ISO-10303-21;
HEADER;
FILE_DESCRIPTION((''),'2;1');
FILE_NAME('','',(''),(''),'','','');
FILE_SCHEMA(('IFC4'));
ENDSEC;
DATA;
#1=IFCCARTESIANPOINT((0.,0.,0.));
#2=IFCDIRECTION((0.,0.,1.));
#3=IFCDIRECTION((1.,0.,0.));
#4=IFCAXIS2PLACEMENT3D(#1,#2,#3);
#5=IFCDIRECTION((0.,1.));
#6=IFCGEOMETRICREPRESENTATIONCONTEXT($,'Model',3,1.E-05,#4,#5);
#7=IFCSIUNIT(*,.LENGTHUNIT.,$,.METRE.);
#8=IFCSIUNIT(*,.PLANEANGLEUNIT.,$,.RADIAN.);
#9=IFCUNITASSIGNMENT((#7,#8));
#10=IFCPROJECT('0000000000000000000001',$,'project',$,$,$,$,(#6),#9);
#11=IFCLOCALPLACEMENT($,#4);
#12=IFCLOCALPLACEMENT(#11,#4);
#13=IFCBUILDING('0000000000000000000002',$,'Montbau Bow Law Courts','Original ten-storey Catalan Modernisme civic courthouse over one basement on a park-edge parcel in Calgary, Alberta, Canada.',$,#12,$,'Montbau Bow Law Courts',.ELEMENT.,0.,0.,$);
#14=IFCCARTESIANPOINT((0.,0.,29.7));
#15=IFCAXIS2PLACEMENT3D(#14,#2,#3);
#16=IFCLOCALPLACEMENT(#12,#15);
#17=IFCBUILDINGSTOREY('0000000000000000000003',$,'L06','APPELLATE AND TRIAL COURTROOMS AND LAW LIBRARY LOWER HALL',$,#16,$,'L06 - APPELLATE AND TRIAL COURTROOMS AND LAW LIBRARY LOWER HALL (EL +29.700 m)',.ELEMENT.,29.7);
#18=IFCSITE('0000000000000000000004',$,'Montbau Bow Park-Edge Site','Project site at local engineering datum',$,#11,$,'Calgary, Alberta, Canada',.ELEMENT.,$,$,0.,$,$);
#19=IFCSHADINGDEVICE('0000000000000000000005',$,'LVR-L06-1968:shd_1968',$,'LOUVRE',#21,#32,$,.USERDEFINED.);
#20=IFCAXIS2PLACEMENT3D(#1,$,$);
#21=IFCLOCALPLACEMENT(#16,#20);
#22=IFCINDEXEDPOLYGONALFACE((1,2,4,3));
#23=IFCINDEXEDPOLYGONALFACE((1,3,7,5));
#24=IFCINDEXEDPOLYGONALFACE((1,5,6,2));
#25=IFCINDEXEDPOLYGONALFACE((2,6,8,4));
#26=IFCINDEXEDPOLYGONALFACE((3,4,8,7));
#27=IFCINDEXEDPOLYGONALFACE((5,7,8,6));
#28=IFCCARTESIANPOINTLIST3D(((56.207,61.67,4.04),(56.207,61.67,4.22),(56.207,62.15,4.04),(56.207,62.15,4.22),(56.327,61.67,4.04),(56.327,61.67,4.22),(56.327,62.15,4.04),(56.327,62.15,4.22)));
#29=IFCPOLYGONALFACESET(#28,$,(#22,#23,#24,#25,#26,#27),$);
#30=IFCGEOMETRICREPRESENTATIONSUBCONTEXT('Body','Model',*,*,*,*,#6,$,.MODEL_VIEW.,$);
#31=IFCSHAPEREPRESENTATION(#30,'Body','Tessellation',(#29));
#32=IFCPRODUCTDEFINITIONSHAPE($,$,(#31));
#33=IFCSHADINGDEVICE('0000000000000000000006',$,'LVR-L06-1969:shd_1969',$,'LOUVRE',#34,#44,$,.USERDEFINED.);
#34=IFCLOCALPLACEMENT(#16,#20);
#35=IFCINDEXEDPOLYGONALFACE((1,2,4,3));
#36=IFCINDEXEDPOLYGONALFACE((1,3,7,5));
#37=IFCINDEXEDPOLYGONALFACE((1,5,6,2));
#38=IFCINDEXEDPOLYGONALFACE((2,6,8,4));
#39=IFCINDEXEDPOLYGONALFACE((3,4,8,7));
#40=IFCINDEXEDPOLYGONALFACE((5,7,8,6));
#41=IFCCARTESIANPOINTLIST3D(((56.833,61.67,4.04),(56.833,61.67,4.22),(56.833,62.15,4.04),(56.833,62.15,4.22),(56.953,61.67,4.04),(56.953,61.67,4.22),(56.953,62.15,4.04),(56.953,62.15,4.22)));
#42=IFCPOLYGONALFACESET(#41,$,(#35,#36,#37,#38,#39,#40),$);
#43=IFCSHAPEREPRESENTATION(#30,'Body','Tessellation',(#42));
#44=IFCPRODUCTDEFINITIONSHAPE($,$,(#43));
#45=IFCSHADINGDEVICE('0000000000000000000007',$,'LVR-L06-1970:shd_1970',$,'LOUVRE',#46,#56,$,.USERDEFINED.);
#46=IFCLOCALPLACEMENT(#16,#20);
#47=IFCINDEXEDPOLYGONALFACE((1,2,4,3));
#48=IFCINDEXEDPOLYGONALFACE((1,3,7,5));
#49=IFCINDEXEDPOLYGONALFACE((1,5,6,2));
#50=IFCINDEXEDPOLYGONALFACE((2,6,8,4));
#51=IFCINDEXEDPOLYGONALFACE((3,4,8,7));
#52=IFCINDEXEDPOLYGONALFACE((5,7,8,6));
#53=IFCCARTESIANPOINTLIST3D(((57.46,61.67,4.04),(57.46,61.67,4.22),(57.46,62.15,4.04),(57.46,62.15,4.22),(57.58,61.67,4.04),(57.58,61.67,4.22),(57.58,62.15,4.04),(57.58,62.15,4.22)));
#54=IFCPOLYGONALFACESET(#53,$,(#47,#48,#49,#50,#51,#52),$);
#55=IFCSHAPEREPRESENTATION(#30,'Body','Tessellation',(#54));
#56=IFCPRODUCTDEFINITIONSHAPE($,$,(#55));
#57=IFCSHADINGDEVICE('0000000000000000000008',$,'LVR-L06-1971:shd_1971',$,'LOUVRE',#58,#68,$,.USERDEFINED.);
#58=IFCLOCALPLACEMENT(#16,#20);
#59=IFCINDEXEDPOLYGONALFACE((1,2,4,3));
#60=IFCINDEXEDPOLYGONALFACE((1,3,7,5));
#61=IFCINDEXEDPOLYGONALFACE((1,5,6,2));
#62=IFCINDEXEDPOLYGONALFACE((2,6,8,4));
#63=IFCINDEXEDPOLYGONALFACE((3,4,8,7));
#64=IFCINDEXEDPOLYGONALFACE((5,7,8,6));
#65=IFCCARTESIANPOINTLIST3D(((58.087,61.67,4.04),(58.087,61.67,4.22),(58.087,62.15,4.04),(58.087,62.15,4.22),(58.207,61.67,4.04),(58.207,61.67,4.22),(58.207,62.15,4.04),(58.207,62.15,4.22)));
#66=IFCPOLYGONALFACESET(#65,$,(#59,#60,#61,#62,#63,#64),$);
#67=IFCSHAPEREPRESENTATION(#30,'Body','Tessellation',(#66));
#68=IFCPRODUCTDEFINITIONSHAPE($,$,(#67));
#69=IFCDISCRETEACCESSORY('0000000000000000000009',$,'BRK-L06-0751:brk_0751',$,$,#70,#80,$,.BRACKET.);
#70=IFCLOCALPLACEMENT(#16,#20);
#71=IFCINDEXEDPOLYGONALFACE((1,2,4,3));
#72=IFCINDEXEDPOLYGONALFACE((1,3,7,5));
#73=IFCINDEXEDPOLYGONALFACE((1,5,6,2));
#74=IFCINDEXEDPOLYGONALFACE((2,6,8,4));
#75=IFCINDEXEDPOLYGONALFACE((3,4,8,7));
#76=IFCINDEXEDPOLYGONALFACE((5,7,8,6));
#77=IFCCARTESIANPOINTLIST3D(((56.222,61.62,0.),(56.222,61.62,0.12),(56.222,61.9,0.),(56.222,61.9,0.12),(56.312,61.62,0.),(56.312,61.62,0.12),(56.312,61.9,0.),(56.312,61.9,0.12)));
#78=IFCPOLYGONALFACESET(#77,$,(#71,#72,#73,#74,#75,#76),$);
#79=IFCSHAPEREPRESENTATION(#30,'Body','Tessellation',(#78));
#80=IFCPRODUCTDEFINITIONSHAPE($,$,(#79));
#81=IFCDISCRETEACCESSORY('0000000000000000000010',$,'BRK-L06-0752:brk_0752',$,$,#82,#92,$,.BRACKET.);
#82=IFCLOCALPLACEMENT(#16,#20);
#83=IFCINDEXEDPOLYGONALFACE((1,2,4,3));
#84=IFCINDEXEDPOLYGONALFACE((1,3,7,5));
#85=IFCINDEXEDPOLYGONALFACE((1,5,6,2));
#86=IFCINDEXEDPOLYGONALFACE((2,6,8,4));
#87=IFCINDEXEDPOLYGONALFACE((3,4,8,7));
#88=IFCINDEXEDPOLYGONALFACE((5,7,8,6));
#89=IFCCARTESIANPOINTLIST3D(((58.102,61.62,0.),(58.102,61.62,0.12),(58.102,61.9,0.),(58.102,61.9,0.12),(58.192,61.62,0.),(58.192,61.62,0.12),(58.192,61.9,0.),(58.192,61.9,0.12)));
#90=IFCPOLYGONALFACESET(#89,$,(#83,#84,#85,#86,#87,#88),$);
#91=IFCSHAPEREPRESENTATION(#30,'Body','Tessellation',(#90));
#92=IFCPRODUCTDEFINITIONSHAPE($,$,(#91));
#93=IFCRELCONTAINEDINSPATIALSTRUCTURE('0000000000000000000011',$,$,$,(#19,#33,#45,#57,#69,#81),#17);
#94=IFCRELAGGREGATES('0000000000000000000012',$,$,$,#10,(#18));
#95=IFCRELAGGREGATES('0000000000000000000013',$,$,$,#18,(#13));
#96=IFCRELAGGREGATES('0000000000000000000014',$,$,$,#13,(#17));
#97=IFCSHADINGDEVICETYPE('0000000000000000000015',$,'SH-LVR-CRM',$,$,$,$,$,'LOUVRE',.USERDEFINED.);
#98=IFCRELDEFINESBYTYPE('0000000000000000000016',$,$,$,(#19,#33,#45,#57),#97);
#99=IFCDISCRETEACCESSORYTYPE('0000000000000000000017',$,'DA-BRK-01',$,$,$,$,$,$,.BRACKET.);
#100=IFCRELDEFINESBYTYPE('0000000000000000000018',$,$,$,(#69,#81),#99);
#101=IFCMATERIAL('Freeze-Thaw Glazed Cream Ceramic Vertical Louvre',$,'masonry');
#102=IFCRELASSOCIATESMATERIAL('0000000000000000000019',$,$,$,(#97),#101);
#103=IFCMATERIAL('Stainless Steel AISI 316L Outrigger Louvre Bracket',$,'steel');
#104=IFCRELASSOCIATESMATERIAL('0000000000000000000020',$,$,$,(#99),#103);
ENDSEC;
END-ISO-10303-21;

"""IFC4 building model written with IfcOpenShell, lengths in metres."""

from ifc_helpers import new_model, si_unit, direction, frame, origin_with_axes, origin_2d_with_axis, place, context, subcontext, project, spatial, rectangle, extrude, material, type_object, element, save


model = new_model("IFC4")

# Units and contexts
model_context = context("Model", 3, precision=1e-05, world=origin_with_axes(), true_north=direction((0.0, 1.0)))
body_context = subcontext(model_context, "Body", "Model", "MODEL_VIEW")
ifc_project = project(units=[si_unit("LENGTHUNIT", "METRE"), si_unit("PLANEANGLEUNIT", "RADIAN")], contexts=[model_context])

# Site, building, storey
site_placement = place(None, origin_with_axes())
site = spatial("IfcSite", under=ifc_project, at=site_placement, Name="Montbau Bow Park-Edge Site", Description="Project site at local engineering datum", LongName="Calgary, Alberta, Canada", CompositionType="ELEMENT", RefElevation=0.0)
building_placement = place(site_placement, origin_with_axes())
building = spatial("IfcBuilding", under=site, at=building_placement, Name="Montbau Bow Law Courts", Description="Original ten-storey Catalan Modernisme civic courthouse over one basement on a park-edge parcel in Calgary, Alberta, Canada.", LongName="Montbau Bow Law Courts", CompositionType="ELEMENT", ElevationOfRefHeight=0.0, ElevationOfTerrain=0.0)
storey_placement = place(building_placement, frame((0.0, 0.0, 29.7), z_axis=(0.0, 0.0, 1.0), x_axis=(1.0, 0.0, 0.0)))
storey = spatial("IfcBuildingStorey", under=building, at=storey_placement, Name="L06", Description="APPELLATE AND TRIAL COURTROOMS AND LAW LIBRARY LOWER HALL", LongName="L06 - APPELLATE AND TRIAL COURTROOMS AND LAW LIBRARY LOWER HALL (EL +29.700 m)", CompositionType="ELEMENT", Elevation=29.7)

# Shading devices
ifc_material_1 = material(Name="Freeze-Thaw Glazed Cream Ceramic Vertical Louvre", Category="masonry")
shading_device_type = type_object("IfcShadingDeviceType", Name="SH-LVR-CRM", ElementType="LOUVRE", PredefinedType="USERDEFINED", material=ifc_material_1)
for number, where, z_axis, x_axis, name in (
    (1, (56.267, 61.91, 33.74), (0.0, 0.0, 1.0), (0.0, 1.0, 0.0), "LVR-L06-1968:shd_1968"),
    (2, (56.893, 61.91, 33.74), (0.0, 0.0, 1.0), (0.0, 1.0, 0.0), "LVR-L06-1969:shd_1969"),
    (3, (57.52, 61.91, 33.74), (0.0, 0.0, 1.0), (0.0, 1.0, 0.0), "LVR-L06-1970:shd_1970"),
    (4, (58.147, 61.91, 33.74), (0.0, 0.0, 1.0), (0.0, 1.0, 0.0), "LVR-L06-1971:shd_1971"),
):
    element("IfcShadingDevice", number, at=place(None, frame(where, z_axis=z_axis, x_axis=x_axis)), inside=storey, type_object=shading_device_type, Name=name, ObjectType="LOUVRE", PredefinedType="USERDEFINED", context=body_context, shape_type="SweptSolid", body=[
        extrude(rectangle(XDim=0.48, YDim=0.12, at=origin_2d_with_axis()), origin_with_axes(), (0.0, 0.0, 1.0), 0.18),
    ])

# Discrete accessories
ifc_material_2 = material(Name="Stainless Steel AISI 316L Outrigger Louvre Bracket", Category="steel")
discrete_accessory_type = type_object("IfcDiscreteAccessoryType", Name="DA-BRK-01", PredefinedType="BRACKET", material=ifc_material_2)
for number, where, z_axis, x_axis, name in (
    (5, (56.267, 61.76, 29.7), (0.0, 0.0, 1.0), (0.0, 1.0, 0.0), "BRK-L06-0751:brk_0751"),
    (6, (58.147, 61.76, 29.7), (0.0, 0.0, 1.0), (0.0, 1.0, 0.0), "BRK-L06-0752:brk_0752"),
):
    element("IfcDiscreteAccessory", number, at=place(None, frame(where, z_axis=z_axis, x_axis=x_axis)), inside=storey, type_object=discrete_accessory_type, Name=name, PredefinedType="BRACKET", context=body_context, shape_type="SweptSolid", body=[
        extrude(rectangle(XDim=0.28, YDim=0.09, at=origin_2d_with_axis()), origin_with_axes(), (0.0, 0.0, 1.0), 0.12),
    ])

save(model, "model.ifc")
